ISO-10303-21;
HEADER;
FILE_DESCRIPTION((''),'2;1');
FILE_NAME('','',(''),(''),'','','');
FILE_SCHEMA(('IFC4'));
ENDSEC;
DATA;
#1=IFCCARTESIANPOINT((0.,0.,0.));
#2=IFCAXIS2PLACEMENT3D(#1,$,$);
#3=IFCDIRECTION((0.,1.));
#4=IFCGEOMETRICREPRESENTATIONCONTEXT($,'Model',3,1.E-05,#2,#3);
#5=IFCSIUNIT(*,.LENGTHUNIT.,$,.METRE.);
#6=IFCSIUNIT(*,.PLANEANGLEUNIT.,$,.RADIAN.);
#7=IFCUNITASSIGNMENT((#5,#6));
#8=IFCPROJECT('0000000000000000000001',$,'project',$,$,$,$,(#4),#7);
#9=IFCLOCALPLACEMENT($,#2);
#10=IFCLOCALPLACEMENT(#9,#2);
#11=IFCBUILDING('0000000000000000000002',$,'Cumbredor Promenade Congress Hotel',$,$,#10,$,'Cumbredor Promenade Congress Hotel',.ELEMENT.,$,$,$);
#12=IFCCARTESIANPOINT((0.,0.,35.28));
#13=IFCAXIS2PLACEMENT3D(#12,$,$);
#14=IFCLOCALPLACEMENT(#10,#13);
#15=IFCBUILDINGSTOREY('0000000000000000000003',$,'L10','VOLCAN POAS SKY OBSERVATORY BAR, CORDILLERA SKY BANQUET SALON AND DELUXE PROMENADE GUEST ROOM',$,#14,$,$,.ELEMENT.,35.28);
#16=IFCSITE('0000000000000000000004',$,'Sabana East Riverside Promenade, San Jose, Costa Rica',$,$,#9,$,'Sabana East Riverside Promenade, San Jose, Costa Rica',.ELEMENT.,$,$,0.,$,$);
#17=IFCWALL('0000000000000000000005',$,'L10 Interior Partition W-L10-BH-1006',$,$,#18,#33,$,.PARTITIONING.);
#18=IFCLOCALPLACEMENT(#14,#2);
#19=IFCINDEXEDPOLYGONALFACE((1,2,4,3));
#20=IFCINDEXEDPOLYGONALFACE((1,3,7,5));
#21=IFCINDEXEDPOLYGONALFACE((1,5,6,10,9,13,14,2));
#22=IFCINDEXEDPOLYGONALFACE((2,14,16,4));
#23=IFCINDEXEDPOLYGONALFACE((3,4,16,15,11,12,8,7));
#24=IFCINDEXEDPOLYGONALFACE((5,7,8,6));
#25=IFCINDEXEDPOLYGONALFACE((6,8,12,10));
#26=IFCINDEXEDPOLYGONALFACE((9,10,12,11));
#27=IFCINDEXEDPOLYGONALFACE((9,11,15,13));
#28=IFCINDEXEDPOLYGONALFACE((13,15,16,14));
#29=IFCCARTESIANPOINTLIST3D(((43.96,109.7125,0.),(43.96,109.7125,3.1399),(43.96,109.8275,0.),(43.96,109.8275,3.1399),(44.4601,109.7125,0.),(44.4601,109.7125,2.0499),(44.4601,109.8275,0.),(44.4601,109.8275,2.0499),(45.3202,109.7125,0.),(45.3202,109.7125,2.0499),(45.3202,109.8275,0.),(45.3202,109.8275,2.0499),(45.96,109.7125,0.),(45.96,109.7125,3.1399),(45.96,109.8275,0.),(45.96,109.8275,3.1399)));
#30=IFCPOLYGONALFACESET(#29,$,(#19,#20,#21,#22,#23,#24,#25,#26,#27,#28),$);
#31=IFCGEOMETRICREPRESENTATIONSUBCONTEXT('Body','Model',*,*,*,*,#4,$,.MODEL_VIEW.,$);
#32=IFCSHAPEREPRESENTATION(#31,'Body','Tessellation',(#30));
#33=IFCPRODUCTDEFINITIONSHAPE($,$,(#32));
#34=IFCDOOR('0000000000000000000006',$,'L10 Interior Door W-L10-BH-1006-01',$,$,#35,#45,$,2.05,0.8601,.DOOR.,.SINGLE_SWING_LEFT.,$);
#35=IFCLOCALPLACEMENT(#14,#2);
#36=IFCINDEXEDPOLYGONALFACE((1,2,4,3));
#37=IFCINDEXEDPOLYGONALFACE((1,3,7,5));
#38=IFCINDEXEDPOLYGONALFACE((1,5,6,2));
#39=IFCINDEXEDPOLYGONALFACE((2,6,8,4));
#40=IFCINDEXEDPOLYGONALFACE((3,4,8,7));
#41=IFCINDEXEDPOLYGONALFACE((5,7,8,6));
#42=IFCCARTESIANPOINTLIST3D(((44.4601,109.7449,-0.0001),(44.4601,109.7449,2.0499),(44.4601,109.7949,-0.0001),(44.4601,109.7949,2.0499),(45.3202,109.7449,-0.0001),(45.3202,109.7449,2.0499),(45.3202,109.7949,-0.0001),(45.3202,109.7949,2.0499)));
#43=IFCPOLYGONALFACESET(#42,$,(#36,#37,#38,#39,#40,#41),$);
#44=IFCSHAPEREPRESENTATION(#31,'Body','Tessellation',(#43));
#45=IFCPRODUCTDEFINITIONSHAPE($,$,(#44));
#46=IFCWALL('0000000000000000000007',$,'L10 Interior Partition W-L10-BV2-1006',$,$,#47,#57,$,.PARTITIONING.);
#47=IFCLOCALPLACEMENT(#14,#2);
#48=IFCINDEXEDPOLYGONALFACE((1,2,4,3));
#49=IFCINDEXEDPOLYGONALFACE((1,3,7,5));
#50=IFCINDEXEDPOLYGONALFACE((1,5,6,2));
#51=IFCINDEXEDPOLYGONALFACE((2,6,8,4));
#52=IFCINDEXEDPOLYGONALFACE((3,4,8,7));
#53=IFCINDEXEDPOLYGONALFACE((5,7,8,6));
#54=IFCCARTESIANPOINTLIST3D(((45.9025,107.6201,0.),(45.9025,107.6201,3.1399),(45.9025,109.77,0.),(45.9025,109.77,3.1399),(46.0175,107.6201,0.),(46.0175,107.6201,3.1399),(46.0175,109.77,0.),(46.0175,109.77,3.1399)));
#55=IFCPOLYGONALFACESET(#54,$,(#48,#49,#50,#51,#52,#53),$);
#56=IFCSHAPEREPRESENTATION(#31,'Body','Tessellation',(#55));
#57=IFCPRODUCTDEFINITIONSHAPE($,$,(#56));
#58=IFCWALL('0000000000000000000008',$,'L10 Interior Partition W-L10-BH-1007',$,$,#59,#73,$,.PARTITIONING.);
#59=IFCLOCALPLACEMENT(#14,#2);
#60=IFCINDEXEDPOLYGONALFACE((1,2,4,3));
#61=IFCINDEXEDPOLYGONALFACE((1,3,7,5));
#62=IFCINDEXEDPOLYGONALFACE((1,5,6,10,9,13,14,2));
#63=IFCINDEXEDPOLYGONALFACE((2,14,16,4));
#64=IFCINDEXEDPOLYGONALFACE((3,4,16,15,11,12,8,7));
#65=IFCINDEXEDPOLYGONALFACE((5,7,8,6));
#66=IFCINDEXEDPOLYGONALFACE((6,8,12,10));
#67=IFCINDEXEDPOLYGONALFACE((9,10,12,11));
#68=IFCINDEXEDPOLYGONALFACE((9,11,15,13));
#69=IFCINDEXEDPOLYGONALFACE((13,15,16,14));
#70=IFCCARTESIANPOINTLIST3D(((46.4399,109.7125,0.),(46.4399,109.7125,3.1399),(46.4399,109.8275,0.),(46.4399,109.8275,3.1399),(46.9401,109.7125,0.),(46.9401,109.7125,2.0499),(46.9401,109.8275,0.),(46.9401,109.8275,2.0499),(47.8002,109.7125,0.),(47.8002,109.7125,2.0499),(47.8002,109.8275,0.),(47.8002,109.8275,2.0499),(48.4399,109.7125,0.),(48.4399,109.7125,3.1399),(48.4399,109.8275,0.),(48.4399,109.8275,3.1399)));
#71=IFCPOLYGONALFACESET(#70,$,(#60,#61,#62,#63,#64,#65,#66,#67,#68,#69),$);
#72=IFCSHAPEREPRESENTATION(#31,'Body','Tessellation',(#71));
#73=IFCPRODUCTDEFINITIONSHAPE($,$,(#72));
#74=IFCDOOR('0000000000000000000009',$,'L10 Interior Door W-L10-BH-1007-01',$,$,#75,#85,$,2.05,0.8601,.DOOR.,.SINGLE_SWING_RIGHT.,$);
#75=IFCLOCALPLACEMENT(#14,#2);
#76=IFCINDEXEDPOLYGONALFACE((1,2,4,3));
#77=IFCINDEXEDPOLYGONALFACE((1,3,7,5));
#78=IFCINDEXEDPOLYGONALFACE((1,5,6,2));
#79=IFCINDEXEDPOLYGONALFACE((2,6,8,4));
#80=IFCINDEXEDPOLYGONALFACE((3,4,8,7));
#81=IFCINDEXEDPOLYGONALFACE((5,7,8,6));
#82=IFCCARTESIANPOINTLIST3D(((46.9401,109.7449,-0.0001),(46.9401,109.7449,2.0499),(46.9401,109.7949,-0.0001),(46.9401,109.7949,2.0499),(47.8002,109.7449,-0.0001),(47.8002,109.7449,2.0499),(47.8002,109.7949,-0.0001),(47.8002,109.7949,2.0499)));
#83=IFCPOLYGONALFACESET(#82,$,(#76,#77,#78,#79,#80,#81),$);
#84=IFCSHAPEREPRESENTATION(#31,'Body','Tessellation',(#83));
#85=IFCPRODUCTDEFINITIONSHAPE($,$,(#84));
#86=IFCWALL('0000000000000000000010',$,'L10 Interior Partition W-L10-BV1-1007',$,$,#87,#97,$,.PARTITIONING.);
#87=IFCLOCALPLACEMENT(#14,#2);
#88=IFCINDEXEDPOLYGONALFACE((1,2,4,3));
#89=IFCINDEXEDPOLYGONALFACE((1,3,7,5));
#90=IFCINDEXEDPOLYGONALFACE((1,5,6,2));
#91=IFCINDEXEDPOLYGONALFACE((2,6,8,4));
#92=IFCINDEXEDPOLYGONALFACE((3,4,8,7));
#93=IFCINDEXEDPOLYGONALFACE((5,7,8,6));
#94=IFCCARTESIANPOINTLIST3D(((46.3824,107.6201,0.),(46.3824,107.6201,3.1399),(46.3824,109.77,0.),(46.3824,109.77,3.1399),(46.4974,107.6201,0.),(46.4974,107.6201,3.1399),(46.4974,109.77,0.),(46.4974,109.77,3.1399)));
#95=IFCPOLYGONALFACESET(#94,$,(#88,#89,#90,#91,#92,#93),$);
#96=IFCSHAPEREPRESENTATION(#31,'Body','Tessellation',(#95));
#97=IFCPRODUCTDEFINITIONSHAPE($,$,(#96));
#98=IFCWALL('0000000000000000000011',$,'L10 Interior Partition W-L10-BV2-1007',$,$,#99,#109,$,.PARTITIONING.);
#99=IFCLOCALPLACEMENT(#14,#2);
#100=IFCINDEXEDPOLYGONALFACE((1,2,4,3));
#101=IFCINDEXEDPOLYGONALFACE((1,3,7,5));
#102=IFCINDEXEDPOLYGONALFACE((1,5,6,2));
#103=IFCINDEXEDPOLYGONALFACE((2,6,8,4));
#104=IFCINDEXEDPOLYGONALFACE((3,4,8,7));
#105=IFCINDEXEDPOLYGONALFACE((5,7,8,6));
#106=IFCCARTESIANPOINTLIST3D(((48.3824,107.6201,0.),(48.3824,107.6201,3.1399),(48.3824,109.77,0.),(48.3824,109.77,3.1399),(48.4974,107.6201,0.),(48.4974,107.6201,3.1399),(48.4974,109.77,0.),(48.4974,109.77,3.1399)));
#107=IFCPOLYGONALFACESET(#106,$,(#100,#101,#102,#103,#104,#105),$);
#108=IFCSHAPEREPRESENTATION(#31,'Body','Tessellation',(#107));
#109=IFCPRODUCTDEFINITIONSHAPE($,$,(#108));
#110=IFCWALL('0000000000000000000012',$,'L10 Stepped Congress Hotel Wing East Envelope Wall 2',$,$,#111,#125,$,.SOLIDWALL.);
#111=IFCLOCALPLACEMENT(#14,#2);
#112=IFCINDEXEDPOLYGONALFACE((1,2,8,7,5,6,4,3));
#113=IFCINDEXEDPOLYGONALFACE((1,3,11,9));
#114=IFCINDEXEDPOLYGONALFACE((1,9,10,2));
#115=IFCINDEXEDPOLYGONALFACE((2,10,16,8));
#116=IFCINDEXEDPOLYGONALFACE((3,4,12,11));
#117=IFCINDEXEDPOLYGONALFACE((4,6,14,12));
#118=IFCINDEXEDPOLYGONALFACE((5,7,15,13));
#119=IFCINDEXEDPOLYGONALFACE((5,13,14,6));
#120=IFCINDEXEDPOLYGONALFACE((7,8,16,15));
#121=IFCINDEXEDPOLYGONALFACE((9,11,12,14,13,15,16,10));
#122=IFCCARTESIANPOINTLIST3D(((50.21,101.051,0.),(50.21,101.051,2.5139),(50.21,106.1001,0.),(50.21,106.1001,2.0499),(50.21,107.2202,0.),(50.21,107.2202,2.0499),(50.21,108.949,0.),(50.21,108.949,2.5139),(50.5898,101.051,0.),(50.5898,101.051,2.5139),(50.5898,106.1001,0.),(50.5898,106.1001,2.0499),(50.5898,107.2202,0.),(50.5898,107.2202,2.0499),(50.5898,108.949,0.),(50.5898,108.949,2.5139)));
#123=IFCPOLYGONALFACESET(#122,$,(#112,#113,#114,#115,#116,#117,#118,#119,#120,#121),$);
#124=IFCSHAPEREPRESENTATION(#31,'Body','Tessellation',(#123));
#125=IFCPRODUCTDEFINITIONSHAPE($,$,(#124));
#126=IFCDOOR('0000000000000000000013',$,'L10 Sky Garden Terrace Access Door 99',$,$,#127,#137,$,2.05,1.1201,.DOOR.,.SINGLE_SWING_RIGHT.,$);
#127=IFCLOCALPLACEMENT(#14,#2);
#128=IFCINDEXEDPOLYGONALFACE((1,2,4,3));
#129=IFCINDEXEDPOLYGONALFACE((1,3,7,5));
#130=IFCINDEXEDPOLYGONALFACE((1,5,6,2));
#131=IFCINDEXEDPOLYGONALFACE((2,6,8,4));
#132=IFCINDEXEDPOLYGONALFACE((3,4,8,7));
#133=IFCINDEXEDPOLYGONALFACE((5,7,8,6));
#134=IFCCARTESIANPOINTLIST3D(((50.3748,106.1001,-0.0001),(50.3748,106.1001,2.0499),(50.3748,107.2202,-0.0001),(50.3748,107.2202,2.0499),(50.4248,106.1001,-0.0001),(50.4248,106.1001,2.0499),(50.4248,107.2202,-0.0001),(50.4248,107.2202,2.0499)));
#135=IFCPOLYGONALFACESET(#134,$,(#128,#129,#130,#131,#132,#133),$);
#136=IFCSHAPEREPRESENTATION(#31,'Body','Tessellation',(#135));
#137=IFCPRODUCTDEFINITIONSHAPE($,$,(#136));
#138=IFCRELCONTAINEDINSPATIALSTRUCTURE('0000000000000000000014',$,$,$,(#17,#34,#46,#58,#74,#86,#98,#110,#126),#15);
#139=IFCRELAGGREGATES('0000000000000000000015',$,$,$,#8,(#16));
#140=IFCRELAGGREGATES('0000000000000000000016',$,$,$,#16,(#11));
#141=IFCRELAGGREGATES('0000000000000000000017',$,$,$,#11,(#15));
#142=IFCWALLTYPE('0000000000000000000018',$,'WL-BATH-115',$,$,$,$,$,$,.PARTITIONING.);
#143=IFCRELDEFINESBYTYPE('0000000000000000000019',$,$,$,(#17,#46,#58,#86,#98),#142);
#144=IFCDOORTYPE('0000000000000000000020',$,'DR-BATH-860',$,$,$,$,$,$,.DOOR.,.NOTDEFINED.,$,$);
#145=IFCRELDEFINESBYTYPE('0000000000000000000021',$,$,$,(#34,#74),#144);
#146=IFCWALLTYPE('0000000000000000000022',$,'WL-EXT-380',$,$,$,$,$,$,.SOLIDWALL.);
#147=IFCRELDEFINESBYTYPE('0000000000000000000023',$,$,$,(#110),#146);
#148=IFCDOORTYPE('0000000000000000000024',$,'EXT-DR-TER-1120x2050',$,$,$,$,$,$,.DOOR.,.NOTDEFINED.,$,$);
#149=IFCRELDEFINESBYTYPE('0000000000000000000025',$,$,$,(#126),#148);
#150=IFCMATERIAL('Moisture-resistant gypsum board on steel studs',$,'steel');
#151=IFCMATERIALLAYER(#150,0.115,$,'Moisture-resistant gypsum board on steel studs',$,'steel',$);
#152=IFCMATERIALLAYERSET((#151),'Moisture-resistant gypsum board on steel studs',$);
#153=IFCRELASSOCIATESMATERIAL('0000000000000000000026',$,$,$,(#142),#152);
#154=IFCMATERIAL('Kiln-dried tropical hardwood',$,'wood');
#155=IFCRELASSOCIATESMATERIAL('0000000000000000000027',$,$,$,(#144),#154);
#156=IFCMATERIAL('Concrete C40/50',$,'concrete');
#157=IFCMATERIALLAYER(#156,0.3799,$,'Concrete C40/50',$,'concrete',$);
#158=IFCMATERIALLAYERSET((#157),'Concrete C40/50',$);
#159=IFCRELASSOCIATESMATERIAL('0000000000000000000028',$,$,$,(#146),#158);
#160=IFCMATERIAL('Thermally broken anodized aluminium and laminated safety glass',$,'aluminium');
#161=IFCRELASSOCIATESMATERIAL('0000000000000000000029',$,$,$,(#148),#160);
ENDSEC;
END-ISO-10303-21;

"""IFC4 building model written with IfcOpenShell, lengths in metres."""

from ifc_helpers import new_model, si_unit, direction, frame, frame_2d, origin, place, context, subcontext, project, spatial, rectangle, extrude, material, layer, layer_set, type_object, element, fill, save


model = new_model("IFC4")

# Units and contexts
model_context = context("Model", 3, precision=1e-05, world=origin(), true_north=direction((0.0, 1.0)))
body_context = subcontext(model_context, "Body", "Model", "MODEL_VIEW")
ifc_project = project(units=[si_unit("LENGTHUNIT", "METRE"), si_unit("PLANEANGLEUNIT", "RADIAN")], contexts=[model_context])

# Site, building, storey
site_placement = place(None, origin())
site = spatial("IfcSite", under=ifc_project, at=site_placement, Name="Sabana East Riverside Promenade, San Jose, Costa Rica", LongName="Sabana East Riverside Promenade, San Jose, Costa Rica", CompositionType="ELEMENT", RefElevation=0.0)
building_placement = place(site_placement, origin())
building = spatial("IfcBuilding", under=site, at=building_placement, Name="Cumbredor Promenade Congress Hotel", LongName="Cumbredor Promenade Congress Hotel", CompositionType="ELEMENT")
storey_placement = place(building_placement, frame((0.0, 0.0, 35.28)))
storey = spatial("IfcBuildingStorey", under=building, at=storey_placement, Name="L10", Description="VOLCAN POAS SKY OBSERVATORY BAR, CORDILLERA SKY BANQUET SALON AND DELUXE PROMENADE GUEST ROOM", CompositionType="ELEMENT", Elevation=35.28)

# Shared definitions
ifc_material_1 = material(Name="Concrete C40/50", Category="concrete")

# Shared definitions
ifc_material_2 = material(Name="Kiln-dried tropical hardwood", Category="wood")

# Wall, opening, door
ifc_material_3 = material(Name="Moisture-resistant gypsum board on steel studs", Category="steel")
ifc_layer_1 = layer(ifc_material_3, 0.115, Name="Moisture-resistant gypsum board on steel studs", Category="steel")
ifc_layer_set_1 = layer_set([ifc_layer_1], Name="Moisture-resistant gypsum board on steel studs")
wall_type_1 = type_object("IfcWallType", Name="WL-BATH-115", PredefinedType="PARTITIONING", material=ifc_layer_set_1)
wall_1_placement = place(storey_placement, frame((43.96, 109.77, 0.0), z_axis=(0.0, 0.0, 1.0), x_axis=(1.0, 0.0, 0.0)))
wall_1 = element("IfcWall", 1, at=wall_1_placement, inside=storey, type_object=wall_type_1, Name="L10 Interior Partition W-L10-BH-1006", PredefinedType="PARTITIONING", context=body_context, shape_type="SweptSolid", body=[
    extrude(rectangle(XDim=2.0, YDim=0.115, at=frame_2d((1.0, 0.0))), origin(), (0.0, 0.0, 1.0), 3.1399),
])
opening_1_placement = place(wall_1_placement, frame((0.5, 0.0, 0.0)))
opening_1 = element("IfcOpeningElement", 2, at=opening_1_placement, cuts=wall_1, PredefinedType="OPENING", context=body_context, shape_type="SweptSolid", body=[
    extrude(rectangle(XDim=0.8601, YDim=2.05, at=frame_2d((0.4302, 1.0249))), frame((0.0, 0.0674, 0.0), z_axis=(0.0, -1.0, 0.0), x_axis=(1.0, 0.0, 0.0)), (0.0, 0.0, 1.0), 0.135),
])
door_type_1 = type_object("IfcDoorType", Name="DR-BATH-860", OperationType="NOTDEFINED", PredefinedType="DOOR", material=ifc_material_2)
door_1_placement = place(opening_1_placement, origin())
door_1 = element("IfcDoor", 3, at=door_1_placement, inside=storey, type_object=door_type_1, Name="L10 Interior Door W-L10-BH-1006-01", OperationType="SINGLE_SWING_LEFT", OverallHeight=2.05, OverallWidth=0.8601, PredefinedType="DOOR", context=body_context, shape_type="SweptSolid", body=[
    extrude(rectangle(XDim=0.8601, YDim=2.05, at=frame_2d((0.4302, 1.0249))), frame((0.0, 0.0249, 0.0), z_axis=(0.0, -1.0, 0.0), x_axis=(1.0, 0.0, 0.0)), (0.0, 0.0, 1.0), 0.05),
])
fill(opening_1, door_1)

# Wall
wall_2_placement = place(storey_placement, frame((45.96, 107.6201, 0.0), z_axis=(0.0, 0.0, 1.0), x_axis=(0.0, 1.0, 0.0)))
element("IfcWall", 4, at=wall_2_placement, inside=storey, type_object=wall_type_1, Name="L10 Interior Partition W-L10-BV2-1006", PredefinedType="PARTITIONING", context=body_context, shape_type="SweptSolid", body=[
    extrude(rectangle(XDim=2.1499, YDim=0.115, at=frame_2d((1.075, 0.0))), origin(), (0.0, 0.0, 1.0), 3.1399),
])

# Wall, opening, door
wall_3_placement = place(storey_placement, frame((46.4399, 109.77, 0.0), z_axis=(0.0, 0.0, 1.0), x_axis=(1.0, 0.0, 0.0)))
wall_3 = element("IfcWall", 5, at=wall_3_placement, inside=storey, type_object=wall_type_1, Name="L10 Interior Partition W-L10-BH-1007", PredefinedType="PARTITIONING", context=body_context, shape_type="SweptSolid", body=[
    extrude(rectangle(XDim=2.0, YDim=0.115, at=frame_2d((1.0, 0.0))), origin(), (0.0, 0.0, 1.0), 3.1399),
])
opening_2_placement = place(wall_3_placement, frame((0.5, 0.0, 0.0)))
opening_2 = element("IfcOpeningElement", 6, at=opening_2_placement, cuts=wall_3, PredefinedType="OPENING", context=body_context, shape_type="SweptSolid", body=[
    extrude(rectangle(XDim=0.8601, YDim=2.05, at=frame_2d((0.4302, 1.0249))), frame((0.0, 0.0674, 0.0), z_axis=(0.0, -1.0, 0.0), x_axis=(1.0, 0.0, 0.0)), (0.0, 0.0, 1.0), 0.135),
])
door_2_placement = place(opening_2_placement, origin())
door_2 = element("IfcDoor", 7, at=door_2_placement, inside=storey, type_object=door_type_1, Name="L10 Interior Door W-L10-BH-1007-01", OperationType="SINGLE_SWING_RIGHT", OverallHeight=2.05, OverallWidth=0.8601, PredefinedType="DOOR", context=body_context, shape_type="SweptSolid", body=[
    extrude(rectangle(XDim=0.8601, YDim=2.05, at=frame_2d((0.4302, 1.0249))), frame((0.0, 0.0249, 0.0), z_axis=(0.0, -1.0, 0.0), x_axis=(1.0, 0.0, 0.0)), (0.0, 0.0, 1.0), 0.05),
])
fill(opening_2, door_2)

# Walls
for number, where, z_axis, x_axis, name in (
    (8, (46.4399, 107.6201, 0.0), (0.0, 0.0, 1.0), (0.0, 1.0, 0.0), "L10 Interior Partition W-L10-BV1-1007"),
    (9, (48.4399, 107.6201, 0.0), (0.0, 0.0, 1.0), (0.0, 1.0, 0.0), "L10 Interior Partition W-L10-BV2-1007"),
):
    element("IfcWall", number, at=place(storey_placement, frame(where, z_axis=z_axis, x_axis=x_axis)), inside=storey, type_object=wall_type_1, Name=name, PredefinedType="PARTITIONING", context=body_context, shape_type="SweptSolid", body=[
        extrude(rectangle(XDim=2.1499, YDim=0.115, at=frame_2d((1.075, 0.0))), origin(), (0.0, 0.0, 1.0), 3.1399),
    ])

# Wall, opening, door
ifc_layer_2 = layer(ifc_material_1, 0.3799, Name="Concrete C40/50", Category="concrete")
ifc_layer_set_2 = layer_set([ifc_layer_2], Name="Concrete C40/50")
wall_type_2 = type_object("IfcWallType", Name="WL-EXT-380", PredefinedType="SOLIDWALL", material=ifc_layer_set_2)
wall_4_placement = place(storey_placement, frame((50.3999, 101.051, 0.0), z_axis=(0.0, 0.0, 1.0), x_axis=(0.0, 1.0, 0.0)))
wall_4 = element("IfcWall", 10, at=wall_4_placement, inside=storey, type_object=wall_type_2, Name="L10 Stepped Congress Hotel Wing East Envelope Wall 2", PredefinedType="SOLIDWALL", context=body_context, shape_type="SweptSolid", body=[
    extrude(rectangle(XDim=7.8979, YDim=0.3799, at=frame_2d((3.949, 0.0))), origin(), (0.0, 0.0, 1.0), 2.5139),
])
opening_3_placement = place(wall_4_placement, frame((5.0491, 0.0, 0.0)))
opening_3 = element("IfcOpeningElement", 11, at=opening_3_placement, cuts=wall_4, PredefinedType="OPENING", context=body_context, shape_type="SweptSolid", body=[
    extrude(rectangle(XDim=1.1201, YDim=2.05, at=frame_2d((0.5601, 1.0249))), frame((0.0, 0.2, 0.0), z_axis=(0.0, -1.0, 0.0), x_axis=(1.0, 0.0, 0.0)), (0.0, 0.0, 1.0), 0.3999),
])
ifc_material_4 = material(Name="Thermally broken anodized aluminium and laminated safety glass", Category="aluminium")
door_type_2 = type_object("IfcDoorType", Name="EXT-DR-TER-1120x2050", OperationType="NOTDEFINED", PredefinedType="DOOR", material=ifc_material_4)
door_3_placement = place(opening_3_placement, frame((1.1201, 0.0, 0.0), z_axis=(0.0, 0.0, 1.0), x_axis=(-1.0, 0.0, 0.0)))
door_3 = element("IfcDoor", 12, at=door_3_placement, inside=storey, type_object=door_type_2, Name="L10 Sky Garden Terrace Access Door 99", OperationType="SINGLE_SWING_RIGHT", OverallHeight=2.05, OverallWidth=1.1201, PredefinedType="DOOR", context=body_context, shape_type="SweptSolid", body=[
    extrude(rectangle(XDim=1.1201, YDim=2.05, at=frame_2d((0.5601, 1.0249))), frame((0.0, 0.0249, 0.0), z_axis=(0.0, -1.0, 0.0), x_axis=(1.0, 0.0, 0.0)), (0.0, 0.0, 1.0), 0.05),
])
fill(opening_3, door_3)

save(model, "model.ifc")
